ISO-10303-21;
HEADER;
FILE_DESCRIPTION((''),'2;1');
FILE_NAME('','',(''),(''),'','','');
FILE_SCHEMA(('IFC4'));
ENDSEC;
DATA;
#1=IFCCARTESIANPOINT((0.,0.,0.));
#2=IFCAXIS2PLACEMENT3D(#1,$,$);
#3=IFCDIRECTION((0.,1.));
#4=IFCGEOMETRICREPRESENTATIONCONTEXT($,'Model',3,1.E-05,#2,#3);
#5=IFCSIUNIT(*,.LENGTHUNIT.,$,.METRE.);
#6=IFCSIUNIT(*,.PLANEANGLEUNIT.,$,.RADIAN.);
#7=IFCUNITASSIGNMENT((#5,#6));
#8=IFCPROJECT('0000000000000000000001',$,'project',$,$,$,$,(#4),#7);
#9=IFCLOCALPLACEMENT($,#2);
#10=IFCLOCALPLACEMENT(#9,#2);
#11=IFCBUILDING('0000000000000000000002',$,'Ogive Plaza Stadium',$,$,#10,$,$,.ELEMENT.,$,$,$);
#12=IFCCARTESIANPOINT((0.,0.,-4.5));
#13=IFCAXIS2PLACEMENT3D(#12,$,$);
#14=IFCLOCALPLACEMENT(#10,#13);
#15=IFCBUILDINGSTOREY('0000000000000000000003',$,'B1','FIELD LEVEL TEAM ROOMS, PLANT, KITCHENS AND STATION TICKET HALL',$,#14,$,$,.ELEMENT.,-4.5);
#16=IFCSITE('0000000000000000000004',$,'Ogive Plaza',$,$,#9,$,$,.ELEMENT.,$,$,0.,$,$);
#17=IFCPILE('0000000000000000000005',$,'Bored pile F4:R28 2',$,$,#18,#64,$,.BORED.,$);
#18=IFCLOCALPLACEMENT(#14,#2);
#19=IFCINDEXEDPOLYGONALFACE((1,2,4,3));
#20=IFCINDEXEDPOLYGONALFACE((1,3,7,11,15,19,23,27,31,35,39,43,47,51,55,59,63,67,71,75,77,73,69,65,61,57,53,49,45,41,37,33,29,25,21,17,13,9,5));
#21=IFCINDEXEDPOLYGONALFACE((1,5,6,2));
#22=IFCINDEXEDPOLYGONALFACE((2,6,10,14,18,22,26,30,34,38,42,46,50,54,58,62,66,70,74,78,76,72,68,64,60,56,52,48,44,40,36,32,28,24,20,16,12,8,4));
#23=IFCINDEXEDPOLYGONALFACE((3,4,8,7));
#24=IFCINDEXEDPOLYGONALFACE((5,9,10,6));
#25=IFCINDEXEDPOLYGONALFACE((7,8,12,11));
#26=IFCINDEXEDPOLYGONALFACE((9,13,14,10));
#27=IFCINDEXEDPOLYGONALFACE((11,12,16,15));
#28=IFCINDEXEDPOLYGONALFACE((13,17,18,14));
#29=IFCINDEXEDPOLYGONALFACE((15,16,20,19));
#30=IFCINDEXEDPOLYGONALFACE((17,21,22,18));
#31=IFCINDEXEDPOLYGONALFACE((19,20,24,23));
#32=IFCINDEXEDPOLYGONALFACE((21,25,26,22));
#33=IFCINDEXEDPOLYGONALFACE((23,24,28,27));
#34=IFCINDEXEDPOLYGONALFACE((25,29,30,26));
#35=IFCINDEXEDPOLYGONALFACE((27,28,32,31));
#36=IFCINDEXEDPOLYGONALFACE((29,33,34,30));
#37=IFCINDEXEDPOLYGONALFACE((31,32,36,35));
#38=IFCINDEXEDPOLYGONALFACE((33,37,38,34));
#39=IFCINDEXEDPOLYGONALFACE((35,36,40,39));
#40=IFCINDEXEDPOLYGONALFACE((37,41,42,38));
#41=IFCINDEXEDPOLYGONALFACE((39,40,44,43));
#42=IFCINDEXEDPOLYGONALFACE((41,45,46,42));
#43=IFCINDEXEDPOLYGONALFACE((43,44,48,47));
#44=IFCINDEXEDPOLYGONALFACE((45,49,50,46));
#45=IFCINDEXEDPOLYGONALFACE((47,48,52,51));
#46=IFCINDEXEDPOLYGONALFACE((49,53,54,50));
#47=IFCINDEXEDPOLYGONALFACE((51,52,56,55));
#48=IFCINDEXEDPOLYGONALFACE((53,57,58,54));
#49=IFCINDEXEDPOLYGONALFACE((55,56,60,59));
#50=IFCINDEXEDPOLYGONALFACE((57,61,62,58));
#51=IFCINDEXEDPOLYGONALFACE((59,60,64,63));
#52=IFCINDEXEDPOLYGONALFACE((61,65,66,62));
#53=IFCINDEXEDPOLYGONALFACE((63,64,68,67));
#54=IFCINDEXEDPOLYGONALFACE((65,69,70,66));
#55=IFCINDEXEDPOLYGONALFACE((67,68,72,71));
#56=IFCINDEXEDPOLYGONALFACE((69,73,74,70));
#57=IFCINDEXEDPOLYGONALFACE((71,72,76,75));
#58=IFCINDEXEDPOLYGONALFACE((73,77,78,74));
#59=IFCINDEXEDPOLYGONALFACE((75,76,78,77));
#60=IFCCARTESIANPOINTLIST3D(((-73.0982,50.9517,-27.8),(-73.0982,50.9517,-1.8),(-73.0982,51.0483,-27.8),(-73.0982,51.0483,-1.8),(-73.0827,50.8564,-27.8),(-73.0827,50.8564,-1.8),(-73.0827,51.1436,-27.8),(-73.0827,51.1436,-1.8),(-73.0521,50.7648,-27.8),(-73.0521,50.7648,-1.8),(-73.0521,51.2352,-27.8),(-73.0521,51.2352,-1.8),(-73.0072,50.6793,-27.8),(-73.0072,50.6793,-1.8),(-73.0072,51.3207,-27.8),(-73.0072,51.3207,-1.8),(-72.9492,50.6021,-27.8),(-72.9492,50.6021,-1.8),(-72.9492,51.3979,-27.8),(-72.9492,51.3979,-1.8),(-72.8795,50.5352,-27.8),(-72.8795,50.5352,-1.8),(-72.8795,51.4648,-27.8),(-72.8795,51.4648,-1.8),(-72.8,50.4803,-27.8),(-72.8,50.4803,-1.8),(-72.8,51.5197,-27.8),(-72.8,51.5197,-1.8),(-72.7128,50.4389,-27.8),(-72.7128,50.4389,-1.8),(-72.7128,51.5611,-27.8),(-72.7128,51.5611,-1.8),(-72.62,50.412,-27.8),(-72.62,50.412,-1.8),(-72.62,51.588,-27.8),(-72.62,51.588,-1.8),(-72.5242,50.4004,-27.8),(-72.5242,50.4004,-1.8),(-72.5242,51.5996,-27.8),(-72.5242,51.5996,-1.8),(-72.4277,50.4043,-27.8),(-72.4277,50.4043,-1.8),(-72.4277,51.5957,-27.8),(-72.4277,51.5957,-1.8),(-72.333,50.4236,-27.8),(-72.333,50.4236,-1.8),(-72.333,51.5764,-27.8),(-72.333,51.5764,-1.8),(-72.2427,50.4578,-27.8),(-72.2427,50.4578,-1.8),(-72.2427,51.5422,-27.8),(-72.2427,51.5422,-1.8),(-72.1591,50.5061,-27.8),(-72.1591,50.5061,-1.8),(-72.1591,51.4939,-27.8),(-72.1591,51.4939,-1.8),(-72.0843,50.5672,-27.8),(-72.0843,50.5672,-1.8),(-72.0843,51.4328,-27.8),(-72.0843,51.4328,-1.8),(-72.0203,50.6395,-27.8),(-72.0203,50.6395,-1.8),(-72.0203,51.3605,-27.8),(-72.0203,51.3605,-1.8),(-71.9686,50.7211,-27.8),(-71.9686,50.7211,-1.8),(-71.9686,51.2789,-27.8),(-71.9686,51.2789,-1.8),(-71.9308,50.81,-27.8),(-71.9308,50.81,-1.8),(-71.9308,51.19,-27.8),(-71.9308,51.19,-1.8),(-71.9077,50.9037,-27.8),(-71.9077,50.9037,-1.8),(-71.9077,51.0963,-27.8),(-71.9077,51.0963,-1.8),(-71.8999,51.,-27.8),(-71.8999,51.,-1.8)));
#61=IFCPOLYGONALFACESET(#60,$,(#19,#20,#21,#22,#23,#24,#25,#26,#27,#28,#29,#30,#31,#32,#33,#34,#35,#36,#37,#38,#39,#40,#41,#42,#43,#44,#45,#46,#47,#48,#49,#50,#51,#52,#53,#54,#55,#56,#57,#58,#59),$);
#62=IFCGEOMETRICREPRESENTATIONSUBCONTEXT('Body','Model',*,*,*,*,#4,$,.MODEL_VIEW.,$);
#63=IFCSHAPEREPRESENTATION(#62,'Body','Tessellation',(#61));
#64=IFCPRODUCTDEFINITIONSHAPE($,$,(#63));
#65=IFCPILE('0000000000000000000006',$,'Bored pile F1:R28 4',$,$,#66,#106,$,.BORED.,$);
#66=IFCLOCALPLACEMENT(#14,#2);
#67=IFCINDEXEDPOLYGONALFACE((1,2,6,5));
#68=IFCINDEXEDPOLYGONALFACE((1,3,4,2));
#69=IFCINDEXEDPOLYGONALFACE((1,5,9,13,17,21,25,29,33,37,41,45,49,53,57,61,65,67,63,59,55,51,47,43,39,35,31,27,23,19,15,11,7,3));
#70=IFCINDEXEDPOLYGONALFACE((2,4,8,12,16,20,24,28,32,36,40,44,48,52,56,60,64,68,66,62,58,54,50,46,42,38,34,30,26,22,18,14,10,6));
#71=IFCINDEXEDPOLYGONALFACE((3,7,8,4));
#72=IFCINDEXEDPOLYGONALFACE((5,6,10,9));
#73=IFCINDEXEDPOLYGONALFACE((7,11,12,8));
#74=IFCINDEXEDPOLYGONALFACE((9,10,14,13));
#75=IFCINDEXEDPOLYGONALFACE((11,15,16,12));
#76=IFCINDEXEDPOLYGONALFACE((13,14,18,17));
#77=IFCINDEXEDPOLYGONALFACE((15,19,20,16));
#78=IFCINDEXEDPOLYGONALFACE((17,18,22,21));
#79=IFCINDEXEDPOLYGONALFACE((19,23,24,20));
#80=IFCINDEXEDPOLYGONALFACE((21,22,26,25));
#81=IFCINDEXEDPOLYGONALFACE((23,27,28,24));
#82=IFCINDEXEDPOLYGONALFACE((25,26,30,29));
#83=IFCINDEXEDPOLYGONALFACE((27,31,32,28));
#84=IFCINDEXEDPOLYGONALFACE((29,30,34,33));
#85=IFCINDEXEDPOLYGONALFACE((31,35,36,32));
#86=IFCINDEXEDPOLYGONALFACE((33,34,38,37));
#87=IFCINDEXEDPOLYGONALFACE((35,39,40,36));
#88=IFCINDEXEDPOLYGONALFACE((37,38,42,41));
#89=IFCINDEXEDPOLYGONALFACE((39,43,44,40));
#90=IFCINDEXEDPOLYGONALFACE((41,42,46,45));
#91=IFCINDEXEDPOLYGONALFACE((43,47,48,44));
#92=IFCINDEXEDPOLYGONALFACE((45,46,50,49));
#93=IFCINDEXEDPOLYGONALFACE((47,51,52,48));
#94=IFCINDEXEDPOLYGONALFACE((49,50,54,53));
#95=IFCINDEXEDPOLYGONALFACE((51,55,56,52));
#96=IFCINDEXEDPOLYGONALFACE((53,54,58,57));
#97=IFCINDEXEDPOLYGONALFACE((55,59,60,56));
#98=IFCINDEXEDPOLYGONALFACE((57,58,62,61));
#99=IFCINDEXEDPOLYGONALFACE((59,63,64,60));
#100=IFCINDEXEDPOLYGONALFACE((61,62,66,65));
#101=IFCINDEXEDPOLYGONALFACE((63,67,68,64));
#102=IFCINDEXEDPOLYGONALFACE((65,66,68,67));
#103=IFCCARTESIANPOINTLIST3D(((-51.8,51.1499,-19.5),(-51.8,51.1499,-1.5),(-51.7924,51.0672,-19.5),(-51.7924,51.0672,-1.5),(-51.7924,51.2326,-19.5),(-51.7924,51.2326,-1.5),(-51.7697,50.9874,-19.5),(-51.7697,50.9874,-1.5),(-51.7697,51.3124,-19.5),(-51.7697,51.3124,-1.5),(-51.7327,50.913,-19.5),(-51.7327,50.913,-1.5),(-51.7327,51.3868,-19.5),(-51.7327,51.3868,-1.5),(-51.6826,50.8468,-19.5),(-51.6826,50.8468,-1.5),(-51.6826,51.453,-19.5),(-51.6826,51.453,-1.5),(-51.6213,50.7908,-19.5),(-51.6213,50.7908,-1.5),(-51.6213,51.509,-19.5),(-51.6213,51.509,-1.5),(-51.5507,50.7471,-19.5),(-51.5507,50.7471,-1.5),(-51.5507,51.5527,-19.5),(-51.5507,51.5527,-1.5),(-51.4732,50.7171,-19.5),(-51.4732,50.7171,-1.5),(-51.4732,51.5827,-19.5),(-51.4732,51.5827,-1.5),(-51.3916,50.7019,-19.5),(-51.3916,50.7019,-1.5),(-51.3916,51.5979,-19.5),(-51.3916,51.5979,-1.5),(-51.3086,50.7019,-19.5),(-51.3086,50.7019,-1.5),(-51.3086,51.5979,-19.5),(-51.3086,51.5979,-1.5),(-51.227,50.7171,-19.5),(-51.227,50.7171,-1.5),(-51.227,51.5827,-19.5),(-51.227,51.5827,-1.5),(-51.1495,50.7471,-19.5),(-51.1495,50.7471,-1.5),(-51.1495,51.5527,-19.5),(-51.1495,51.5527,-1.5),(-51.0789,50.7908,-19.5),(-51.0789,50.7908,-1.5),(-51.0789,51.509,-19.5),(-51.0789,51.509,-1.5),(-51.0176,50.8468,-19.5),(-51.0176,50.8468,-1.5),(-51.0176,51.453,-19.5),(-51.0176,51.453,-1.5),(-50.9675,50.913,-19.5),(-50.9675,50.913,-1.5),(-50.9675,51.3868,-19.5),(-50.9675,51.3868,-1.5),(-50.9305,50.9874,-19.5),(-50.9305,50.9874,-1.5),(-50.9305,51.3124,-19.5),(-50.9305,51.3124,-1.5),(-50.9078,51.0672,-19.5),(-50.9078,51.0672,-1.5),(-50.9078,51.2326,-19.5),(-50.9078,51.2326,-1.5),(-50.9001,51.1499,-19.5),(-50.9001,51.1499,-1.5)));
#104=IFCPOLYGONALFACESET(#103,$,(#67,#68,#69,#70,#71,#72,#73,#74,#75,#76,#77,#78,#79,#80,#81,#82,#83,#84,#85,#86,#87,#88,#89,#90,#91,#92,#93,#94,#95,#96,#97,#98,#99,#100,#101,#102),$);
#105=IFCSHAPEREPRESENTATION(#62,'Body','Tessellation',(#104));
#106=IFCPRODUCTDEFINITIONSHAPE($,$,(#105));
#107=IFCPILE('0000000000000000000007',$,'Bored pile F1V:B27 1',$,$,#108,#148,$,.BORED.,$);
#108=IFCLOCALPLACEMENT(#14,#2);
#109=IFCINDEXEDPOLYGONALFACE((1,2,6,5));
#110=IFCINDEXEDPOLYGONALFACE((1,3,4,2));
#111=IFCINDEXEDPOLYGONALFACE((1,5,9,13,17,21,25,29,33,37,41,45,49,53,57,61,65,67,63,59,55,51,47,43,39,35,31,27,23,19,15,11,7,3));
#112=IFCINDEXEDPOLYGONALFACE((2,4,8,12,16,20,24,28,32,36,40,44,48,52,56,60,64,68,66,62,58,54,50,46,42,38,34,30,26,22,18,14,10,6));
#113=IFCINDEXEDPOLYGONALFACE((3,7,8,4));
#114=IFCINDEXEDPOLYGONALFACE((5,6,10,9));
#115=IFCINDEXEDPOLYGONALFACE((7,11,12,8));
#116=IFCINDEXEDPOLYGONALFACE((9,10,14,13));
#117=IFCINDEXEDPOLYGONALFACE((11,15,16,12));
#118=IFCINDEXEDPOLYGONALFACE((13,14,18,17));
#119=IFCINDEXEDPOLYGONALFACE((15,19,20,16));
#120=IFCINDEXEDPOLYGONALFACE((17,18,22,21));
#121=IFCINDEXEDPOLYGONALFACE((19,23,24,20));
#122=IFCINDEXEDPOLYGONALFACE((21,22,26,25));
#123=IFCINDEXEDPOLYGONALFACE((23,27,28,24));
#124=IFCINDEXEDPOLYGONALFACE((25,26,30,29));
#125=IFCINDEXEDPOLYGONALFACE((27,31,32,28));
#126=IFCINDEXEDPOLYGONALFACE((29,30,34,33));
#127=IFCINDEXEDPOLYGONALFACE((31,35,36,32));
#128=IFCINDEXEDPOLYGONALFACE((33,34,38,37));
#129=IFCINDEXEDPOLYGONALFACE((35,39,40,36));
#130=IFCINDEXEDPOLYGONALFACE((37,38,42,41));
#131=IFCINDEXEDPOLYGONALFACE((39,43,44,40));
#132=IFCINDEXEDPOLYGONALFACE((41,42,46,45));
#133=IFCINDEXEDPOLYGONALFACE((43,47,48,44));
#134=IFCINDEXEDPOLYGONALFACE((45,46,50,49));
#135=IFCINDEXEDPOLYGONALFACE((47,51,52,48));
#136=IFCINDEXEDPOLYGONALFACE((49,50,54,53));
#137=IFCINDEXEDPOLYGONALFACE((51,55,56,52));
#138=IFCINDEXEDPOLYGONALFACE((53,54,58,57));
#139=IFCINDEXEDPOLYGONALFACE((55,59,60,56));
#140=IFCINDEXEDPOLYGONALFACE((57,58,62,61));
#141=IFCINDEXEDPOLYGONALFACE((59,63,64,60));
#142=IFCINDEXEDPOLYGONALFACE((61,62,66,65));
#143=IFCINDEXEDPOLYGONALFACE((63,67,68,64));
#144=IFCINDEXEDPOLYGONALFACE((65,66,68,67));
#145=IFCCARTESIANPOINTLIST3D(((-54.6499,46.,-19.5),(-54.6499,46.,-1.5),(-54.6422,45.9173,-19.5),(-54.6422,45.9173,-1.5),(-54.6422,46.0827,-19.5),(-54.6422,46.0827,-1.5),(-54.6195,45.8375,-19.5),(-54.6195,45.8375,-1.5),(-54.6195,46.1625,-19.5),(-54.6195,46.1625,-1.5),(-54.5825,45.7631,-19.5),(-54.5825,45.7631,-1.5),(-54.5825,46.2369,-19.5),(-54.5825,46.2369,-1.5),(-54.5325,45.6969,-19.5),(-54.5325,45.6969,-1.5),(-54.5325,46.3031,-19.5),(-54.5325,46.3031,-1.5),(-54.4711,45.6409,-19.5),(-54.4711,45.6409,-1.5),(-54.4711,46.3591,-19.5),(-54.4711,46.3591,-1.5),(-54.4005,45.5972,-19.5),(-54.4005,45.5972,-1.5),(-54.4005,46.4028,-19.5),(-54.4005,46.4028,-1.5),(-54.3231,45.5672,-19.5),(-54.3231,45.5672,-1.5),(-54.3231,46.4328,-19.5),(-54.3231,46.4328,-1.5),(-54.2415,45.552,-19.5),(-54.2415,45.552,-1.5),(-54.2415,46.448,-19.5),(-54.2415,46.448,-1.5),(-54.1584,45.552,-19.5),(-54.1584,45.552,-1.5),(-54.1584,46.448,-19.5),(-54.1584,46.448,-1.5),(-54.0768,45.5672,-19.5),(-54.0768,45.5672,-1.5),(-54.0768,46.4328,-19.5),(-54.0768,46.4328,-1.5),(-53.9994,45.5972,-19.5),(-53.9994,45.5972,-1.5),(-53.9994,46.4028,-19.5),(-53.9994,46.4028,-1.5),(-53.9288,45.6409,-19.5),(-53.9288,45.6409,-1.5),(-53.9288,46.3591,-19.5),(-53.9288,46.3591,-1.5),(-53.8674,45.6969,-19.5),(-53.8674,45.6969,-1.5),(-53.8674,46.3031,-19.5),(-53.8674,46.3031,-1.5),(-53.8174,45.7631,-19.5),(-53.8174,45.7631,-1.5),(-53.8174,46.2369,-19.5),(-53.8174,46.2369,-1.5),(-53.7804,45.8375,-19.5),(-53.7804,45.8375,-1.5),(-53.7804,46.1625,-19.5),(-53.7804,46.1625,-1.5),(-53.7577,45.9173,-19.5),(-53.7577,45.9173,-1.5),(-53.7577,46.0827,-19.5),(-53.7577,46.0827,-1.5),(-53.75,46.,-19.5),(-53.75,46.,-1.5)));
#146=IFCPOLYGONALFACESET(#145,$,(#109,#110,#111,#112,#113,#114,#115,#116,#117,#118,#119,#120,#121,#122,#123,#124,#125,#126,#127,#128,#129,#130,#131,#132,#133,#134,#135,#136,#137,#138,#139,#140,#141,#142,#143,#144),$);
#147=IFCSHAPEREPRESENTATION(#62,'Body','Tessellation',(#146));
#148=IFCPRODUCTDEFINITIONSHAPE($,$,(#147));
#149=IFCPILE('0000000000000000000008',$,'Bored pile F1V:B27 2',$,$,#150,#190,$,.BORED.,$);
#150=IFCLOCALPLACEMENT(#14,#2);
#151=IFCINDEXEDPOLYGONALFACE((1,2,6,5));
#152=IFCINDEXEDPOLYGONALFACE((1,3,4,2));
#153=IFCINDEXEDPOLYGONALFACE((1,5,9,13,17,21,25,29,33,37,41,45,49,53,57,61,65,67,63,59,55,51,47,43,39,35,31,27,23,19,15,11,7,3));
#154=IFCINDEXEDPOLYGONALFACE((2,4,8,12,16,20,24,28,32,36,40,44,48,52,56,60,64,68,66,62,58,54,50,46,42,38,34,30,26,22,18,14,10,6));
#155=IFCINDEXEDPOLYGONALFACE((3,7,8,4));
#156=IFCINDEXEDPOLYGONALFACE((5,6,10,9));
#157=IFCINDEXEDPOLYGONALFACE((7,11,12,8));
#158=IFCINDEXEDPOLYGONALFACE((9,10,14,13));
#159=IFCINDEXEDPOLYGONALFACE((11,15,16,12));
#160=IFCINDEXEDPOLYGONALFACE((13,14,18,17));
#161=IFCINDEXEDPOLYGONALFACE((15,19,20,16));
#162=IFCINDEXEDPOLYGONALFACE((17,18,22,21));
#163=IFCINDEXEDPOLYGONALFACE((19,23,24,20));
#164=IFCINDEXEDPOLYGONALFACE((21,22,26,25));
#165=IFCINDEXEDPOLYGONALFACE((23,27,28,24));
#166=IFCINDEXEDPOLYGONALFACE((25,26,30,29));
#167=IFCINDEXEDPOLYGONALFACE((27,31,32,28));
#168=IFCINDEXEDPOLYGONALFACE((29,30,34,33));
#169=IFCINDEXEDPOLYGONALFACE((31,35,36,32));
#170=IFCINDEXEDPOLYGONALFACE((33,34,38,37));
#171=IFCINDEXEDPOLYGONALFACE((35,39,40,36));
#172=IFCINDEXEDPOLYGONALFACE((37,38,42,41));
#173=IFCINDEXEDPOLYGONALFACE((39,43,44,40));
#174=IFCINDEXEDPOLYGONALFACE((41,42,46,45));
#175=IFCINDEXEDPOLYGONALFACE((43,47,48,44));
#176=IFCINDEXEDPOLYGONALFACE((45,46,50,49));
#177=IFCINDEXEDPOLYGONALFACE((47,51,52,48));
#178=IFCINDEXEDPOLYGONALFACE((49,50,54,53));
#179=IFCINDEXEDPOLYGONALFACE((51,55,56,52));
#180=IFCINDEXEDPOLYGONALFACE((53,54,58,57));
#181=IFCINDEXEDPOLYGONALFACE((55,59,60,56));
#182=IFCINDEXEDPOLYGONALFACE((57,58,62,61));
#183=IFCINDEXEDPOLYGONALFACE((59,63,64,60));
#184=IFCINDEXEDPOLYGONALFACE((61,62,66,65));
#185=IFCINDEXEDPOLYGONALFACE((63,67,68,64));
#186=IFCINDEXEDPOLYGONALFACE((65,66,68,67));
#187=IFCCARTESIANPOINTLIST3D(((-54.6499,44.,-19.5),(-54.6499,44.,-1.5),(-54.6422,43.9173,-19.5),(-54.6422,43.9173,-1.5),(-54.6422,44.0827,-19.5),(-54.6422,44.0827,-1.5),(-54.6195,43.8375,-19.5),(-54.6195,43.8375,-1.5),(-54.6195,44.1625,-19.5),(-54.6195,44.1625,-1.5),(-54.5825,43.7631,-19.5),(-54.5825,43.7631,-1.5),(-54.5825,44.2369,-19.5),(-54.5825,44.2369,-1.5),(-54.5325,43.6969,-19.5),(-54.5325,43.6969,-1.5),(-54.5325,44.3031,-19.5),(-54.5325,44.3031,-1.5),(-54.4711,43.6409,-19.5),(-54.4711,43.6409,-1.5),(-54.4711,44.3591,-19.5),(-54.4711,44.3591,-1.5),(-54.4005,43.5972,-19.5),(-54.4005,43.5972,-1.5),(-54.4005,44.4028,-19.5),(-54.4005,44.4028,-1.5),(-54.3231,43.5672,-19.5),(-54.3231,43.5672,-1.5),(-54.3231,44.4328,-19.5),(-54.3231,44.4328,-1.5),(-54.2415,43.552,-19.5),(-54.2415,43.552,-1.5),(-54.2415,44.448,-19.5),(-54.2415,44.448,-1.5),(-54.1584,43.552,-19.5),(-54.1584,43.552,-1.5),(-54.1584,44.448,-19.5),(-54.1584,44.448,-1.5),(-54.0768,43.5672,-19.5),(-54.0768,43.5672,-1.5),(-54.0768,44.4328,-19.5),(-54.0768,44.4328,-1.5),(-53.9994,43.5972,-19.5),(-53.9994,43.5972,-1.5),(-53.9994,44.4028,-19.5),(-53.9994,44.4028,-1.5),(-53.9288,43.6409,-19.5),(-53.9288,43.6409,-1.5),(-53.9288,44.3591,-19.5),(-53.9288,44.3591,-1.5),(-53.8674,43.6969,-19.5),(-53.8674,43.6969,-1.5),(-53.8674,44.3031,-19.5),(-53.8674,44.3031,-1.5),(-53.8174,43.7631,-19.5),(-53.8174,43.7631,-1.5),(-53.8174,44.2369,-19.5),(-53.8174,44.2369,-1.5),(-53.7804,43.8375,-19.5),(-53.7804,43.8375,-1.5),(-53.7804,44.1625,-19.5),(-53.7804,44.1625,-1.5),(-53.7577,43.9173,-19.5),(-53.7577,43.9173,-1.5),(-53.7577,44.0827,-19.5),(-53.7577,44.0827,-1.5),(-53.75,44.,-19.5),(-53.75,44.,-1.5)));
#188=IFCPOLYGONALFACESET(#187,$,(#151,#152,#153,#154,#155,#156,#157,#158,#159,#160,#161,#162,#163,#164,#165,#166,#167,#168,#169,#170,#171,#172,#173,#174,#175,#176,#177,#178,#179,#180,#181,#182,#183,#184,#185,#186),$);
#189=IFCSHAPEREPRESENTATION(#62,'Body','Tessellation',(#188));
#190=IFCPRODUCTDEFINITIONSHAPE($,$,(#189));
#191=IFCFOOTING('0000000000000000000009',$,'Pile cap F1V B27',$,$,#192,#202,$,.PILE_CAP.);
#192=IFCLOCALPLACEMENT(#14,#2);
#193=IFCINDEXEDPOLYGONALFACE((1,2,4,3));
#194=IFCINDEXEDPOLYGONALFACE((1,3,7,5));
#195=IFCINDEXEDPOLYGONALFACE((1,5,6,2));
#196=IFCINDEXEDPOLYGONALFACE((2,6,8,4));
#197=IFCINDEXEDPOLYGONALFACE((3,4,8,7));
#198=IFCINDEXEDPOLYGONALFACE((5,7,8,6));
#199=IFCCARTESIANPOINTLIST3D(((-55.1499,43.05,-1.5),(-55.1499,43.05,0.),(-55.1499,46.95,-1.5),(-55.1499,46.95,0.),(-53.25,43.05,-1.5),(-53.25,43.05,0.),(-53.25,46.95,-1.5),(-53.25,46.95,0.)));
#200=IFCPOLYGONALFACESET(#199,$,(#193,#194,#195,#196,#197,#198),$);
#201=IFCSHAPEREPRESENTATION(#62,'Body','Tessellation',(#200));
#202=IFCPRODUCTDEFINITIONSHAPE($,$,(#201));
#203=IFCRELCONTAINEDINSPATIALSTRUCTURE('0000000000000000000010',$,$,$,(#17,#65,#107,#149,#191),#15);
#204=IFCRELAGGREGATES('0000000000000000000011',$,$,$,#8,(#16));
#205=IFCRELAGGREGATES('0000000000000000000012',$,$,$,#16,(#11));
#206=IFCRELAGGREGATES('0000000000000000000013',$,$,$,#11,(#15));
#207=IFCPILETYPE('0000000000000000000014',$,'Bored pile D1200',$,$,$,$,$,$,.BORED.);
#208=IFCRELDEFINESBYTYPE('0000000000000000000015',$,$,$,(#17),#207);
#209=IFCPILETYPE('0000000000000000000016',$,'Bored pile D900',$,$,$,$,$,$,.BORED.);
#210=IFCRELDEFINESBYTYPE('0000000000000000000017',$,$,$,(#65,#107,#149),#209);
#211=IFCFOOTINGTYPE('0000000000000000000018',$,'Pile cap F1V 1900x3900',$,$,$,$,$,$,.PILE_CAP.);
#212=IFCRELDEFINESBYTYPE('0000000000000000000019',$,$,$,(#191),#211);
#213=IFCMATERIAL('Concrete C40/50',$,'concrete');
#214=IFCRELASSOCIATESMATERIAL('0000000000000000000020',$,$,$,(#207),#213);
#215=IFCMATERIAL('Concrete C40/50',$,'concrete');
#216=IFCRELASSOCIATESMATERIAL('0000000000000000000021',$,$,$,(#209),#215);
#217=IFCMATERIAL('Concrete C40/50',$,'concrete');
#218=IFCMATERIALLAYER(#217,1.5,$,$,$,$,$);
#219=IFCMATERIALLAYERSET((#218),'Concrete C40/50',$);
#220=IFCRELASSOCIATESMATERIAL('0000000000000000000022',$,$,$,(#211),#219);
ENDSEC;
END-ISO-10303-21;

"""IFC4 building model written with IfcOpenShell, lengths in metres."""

from ifc_helpers import new_model, si_unit, direction, frame, origin, origin_2d, place, context, subcontext, project, spatial, rectangle, circle, extrude, material, layer, layer_set, material_profile, profile_set, type_object, element, save


model = new_model("IFC4")

# Units and contexts
model_context = context("Model", 3, precision=1e-05, world=origin(), true_north=direction((0.0, 1.0)))
body_context = subcontext(model_context, "Body", "Model", "MODEL_VIEW")
ifc_project = project(units=[si_unit("LENGTHUNIT", "METRE"), si_unit("PLANEANGLEUNIT", "RADIAN")], contexts=[model_context])

# Site, building, storey
site_placement = place(None, origin())
site = spatial("IfcSite", under=ifc_project, at=site_placement, Name="Ogive Plaza", CompositionType="ELEMENT", RefElevation=0.0)
building_placement = place(site_placement, origin())
building = spatial("IfcBuilding", under=site, at=building_placement, Name="Ogive Plaza Stadium", CompositionType="ELEMENT")
storey_placement = place(building_placement, frame((0.0, 0.0, -4.5)))
storey = spatial("IfcBuildingStorey", under=building, at=storey_placement, Name="B1", Description="FIELD LEVEL TEAM ROOMS, PLANT, KITCHENS AND STATION TICKET HALL", CompositionType="ELEMENT", Elevation=-4.5)

# Piles
ifc_material_1 = material(Name="Concrete C40/50", Category="concrete")
ifc_material_profile_1 = material_profile(ifc_material_1, circle(Radius=0.6001, at=origin_2d()), Name="RC D1200")
ifc_profile_set_1 = profile_set([ifc_material_profile_1], Name="Concrete C40/50")
pile_type_1 = type_object("IfcPileType", Name="Bored pile D1200", PredefinedType="BORED", material=ifc_profile_set_1)
pile_placement = place(storey_placement, frame((-72.5, 51.0, -1.8), z_axis=(0.0, 0.0, -1.0), x_axis=(1.0, 0.0, 0.0)))
element("IfcPile", 1, at=pile_placement, inside=storey, type_object=pile_type_1, Name="Bored pile F4:R28 2", PredefinedType="BORED", context=body_context, shape_type="SweptSolid", body=[
    extrude(circle(Radius=0.6001, at=origin_2d()), origin(), (0.0, 0.0, 1.0), 26.0),
])
ifc_material_2 = material(Name="Concrete C40/50", Category="concrete")
ifc_material_profile_2 = material_profile(ifc_material_2, circle(Radius=0.45, at=origin_2d()), Name="RC D900")
ifc_profile_set_2 = profile_set([ifc_material_profile_2], Name="Concrete C40/50")
pile_type_2 = type_object("IfcPileType", Name="Bored pile D900", PredefinedType="BORED", material=ifc_profile_set_2)
for number, where, z_axis, x_axis, name in (
    (2, (-51.3501, 51.1499, -1.5), (0.0, 0.0, -1.0), (1.0, 0.0, 0.0), "Bored pile F1:R28 4"),
    (3, (-54.2, 46.0, -1.5), (0.0, 0.0, -1.0), (1.0, 0.0, 0.0), "Bored pile F1V:B27 1"),
    (4, (-54.2, 44.0, -1.5), (0.0, 0.0, -1.0), (1.0, 0.0, 0.0), "Bored pile F1V:B27 2"),
):
    element("IfcPile", number, at=place(storey_placement, frame(where, z_axis=z_axis, x_axis=x_axis)), inside=storey, type_object=pile_type_2, Name=name, PredefinedType="BORED", context=body_context, shape_type="SweptSolid", body=[
        extrude(circle(Radius=0.45, at=origin_2d()), origin(), (0.0, 0.0, 1.0), 18.0),
    ])

# Footing
ifc_material_3 = material(Name="Concrete C40/50", Category="concrete")
ifc_layer_1 = layer(ifc_material_3, 1.5)
ifc_layer_set_1 = layer_set([ifc_layer_1], Name="Concrete C40/50")
footing_type_1 = type_object("IfcFootingType", Name="Pile cap F1V 1900x3900", PredefinedType="PILE_CAP", material=ifc_layer_set_1)
footing_1_placement = place(storey_placement, frame((-54.2, 45.0, -1.5), z_axis=(0.0, 0.0, 1.0), x_axis=(-1.0, 0.0, 0.0)))
element("IfcFooting", 5, at=footing_1_placement, inside=storey, type_object=footing_type_1, Name="Pile cap F1V B27", PredefinedType="PILE_CAP", context=body_context, shape_type="SweptSolid", body=[
    extrude(rectangle(XDim=1.8999, YDim=3.8999, at=origin_2d()), origin(), (0.0, 0.0, 1.0), 1.5),
])

save(model, "model.ifc")
